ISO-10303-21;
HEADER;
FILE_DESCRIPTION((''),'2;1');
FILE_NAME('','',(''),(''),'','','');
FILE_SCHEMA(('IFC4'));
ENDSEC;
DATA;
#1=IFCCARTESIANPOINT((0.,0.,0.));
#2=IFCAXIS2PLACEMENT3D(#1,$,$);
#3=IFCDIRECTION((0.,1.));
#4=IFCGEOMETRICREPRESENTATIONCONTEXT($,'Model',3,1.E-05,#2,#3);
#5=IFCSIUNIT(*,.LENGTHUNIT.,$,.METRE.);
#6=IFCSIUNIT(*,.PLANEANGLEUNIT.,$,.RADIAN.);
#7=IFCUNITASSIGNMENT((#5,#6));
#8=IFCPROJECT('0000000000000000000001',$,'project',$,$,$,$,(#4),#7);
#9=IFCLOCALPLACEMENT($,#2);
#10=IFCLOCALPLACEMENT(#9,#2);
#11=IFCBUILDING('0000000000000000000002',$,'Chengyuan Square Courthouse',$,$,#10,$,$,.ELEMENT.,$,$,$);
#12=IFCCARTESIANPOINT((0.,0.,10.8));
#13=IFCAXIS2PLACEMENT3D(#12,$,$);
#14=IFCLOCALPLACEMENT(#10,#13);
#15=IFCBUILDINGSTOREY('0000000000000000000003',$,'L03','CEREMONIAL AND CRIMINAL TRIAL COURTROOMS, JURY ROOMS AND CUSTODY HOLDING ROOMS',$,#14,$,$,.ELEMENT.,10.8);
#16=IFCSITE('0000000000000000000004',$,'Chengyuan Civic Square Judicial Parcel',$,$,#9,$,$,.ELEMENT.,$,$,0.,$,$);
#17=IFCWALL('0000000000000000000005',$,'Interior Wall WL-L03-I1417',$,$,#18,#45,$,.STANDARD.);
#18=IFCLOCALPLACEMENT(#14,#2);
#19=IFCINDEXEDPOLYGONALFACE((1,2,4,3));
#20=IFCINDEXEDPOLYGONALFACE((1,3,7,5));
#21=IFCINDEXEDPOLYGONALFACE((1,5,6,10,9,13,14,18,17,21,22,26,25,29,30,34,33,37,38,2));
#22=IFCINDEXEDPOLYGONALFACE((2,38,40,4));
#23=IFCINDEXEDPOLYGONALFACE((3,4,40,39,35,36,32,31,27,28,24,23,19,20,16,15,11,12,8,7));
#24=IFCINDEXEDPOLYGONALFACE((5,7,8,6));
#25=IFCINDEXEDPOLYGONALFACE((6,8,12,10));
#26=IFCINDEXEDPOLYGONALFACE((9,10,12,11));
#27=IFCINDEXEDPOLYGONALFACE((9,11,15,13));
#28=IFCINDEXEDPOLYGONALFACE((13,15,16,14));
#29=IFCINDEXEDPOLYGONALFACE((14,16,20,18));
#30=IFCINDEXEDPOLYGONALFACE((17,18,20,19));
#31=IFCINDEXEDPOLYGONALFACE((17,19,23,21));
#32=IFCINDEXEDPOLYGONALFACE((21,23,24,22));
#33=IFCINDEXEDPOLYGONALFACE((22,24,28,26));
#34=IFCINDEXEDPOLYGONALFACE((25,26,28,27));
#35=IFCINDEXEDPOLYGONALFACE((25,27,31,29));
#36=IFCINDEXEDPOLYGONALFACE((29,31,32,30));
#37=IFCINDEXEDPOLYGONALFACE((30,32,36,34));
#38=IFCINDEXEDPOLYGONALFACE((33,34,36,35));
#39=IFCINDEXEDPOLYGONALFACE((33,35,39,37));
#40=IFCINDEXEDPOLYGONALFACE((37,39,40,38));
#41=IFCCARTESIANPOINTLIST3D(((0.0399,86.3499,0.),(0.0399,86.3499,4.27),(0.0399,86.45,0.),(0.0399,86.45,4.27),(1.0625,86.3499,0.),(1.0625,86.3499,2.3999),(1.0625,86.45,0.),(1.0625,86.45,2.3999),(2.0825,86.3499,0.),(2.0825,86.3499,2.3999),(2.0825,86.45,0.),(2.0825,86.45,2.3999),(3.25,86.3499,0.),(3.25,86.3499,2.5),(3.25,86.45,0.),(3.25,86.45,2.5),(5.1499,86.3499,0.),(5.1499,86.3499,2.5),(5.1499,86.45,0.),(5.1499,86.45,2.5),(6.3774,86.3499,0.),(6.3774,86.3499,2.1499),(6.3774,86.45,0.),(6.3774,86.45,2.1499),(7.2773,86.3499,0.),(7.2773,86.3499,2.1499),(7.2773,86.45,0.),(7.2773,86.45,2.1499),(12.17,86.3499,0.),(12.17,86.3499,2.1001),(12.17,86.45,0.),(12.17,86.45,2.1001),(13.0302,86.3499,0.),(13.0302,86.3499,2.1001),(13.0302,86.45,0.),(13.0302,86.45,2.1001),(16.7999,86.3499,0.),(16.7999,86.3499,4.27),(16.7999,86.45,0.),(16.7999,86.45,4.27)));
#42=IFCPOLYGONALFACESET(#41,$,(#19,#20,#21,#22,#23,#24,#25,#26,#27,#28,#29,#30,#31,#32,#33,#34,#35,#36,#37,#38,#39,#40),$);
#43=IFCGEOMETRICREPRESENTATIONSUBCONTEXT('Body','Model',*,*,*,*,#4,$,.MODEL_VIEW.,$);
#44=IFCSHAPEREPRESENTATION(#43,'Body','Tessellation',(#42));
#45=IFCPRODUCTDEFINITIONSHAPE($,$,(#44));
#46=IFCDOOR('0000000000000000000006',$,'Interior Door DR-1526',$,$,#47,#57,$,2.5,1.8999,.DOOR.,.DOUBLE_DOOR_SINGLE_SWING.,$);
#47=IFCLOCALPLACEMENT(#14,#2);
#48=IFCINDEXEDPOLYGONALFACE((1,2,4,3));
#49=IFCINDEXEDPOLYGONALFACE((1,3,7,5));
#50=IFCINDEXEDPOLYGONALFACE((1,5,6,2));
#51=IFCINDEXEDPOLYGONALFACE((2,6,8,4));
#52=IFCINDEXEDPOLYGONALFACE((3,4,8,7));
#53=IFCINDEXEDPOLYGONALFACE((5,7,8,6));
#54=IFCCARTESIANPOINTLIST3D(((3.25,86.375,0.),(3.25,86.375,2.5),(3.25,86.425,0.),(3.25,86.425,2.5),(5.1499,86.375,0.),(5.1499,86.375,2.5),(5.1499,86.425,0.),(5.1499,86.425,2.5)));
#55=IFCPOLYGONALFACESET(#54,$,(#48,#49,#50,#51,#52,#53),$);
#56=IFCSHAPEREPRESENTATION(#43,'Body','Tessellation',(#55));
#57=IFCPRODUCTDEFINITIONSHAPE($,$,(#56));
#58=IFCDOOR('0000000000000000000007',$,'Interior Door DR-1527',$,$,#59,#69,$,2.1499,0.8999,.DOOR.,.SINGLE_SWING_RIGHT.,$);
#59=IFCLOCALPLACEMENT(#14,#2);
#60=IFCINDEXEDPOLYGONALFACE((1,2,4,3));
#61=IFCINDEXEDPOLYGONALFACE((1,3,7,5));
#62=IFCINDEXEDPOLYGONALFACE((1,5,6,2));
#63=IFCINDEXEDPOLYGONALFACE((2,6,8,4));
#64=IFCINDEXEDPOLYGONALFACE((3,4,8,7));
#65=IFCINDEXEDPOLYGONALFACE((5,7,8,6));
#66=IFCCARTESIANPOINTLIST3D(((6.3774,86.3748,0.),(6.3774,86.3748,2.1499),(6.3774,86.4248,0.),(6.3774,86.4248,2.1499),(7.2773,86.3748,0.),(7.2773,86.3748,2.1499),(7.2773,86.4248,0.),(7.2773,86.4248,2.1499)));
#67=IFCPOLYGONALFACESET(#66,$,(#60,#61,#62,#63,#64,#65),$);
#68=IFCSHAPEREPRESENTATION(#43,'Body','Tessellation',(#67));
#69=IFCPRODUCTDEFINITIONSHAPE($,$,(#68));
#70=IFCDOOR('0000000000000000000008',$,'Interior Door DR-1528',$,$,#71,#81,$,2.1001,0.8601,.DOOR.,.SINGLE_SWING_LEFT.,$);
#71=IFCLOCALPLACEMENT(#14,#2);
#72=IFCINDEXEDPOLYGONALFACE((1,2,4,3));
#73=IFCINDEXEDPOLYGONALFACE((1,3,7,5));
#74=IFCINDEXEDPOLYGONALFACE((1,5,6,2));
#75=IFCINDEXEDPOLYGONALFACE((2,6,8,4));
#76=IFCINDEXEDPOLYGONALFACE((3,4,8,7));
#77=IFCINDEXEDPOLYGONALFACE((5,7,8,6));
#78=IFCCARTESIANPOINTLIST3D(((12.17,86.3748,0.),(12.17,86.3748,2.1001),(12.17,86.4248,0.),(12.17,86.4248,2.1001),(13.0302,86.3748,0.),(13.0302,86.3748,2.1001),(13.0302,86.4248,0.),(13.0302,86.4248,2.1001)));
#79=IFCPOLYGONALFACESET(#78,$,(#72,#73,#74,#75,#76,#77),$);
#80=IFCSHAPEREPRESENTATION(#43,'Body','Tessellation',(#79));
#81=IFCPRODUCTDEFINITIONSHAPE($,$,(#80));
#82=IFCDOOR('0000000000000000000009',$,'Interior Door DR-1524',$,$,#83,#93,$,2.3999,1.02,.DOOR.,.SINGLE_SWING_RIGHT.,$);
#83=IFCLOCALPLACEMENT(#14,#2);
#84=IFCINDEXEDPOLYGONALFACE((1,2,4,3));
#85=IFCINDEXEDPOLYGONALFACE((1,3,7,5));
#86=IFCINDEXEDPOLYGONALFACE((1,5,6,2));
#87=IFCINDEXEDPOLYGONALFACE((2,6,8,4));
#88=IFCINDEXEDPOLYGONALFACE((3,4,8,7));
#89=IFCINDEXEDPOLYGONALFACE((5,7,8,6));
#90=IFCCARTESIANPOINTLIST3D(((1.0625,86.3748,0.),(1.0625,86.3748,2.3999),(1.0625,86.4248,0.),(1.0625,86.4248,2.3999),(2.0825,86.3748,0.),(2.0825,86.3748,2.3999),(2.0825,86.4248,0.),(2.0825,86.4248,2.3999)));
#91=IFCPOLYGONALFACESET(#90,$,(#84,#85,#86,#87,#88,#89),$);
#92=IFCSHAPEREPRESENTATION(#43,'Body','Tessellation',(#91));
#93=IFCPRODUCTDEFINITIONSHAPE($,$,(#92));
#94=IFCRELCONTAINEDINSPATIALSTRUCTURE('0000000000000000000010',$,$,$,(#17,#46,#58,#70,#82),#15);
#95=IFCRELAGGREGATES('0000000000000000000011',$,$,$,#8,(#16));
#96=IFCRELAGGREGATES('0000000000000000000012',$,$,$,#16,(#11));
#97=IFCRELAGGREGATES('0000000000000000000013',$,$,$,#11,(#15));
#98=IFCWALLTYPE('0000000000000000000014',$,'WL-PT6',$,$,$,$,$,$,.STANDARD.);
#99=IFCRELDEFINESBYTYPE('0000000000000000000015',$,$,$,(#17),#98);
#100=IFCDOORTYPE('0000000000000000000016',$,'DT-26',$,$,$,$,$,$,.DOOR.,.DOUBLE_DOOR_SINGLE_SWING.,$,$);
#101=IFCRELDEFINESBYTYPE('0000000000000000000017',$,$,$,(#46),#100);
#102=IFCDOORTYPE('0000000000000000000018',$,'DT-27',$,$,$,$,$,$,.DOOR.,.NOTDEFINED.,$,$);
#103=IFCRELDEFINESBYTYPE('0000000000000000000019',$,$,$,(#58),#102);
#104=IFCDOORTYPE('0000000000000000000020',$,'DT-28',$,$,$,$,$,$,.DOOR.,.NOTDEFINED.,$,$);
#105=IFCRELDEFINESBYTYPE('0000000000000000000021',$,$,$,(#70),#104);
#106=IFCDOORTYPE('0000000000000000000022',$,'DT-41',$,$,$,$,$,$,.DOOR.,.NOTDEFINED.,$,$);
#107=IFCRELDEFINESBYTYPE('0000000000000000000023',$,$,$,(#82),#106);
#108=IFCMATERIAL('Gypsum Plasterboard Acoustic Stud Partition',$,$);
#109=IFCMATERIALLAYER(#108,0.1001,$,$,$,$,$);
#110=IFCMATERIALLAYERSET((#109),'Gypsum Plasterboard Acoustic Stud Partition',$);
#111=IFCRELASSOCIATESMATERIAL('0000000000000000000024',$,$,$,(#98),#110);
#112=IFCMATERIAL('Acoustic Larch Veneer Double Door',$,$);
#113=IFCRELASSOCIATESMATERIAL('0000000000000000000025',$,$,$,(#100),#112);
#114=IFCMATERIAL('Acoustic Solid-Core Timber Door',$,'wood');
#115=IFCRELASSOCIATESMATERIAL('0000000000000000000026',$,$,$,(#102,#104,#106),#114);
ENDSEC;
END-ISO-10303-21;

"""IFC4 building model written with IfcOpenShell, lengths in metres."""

from ifc_helpers import new_model, si_unit, direction, frame, frame_2d, origin, place, context, subcontext, project, spatial, rectangle, extrude, material, layer, layer_set, type_object, element, fill, save


model = new_model("IFC4")

# Units and contexts
model_context = context("Model", 3, precision=1e-05, world=origin(), true_north=direction((0.0, 1.0)))
body_context = subcontext(model_context, "Body", "Model", "MODEL_VIEW")
ifc_project = project(units=[si_unit("LENGTHUNIT", "METRE"), si_unit("PLANEANGLEUNIT", "RADIAN")], contexts=[model_context])

# Site, building, storey
site_placement = place(None, origin())
site = spatial("IfcSite", under=ifc_project, at=site_placement, Name="Chengyuan Civic Square Judicial Parcel", CompositionType="ELEMENT", RefElevation=0.0)
building_placement = place(site_placement, origin())
building = spatial("IfcBuilding", under=site, at=building_placement, Name="Chengyuan Square Courthouse", CompositionType="ELEMENT")
storey_placement = place(building_placement, frame((0.0, 0.0, 10.8)))
storey = spatial("IfcBuildingStorey", under=building, at=storey_placement, Name="L03", Description="CEREMONIAL AND CRIMINAL TRIAL COURTROOMS, JURY ROOMS AND CUSTODY HOLDING ROOMS", CompositionType="ELEMENT", Elevation=10.8)

# Wall, openings, doors
ifc_material_1 = material(Name="Gypsum Plasterboard Acoustic Stud Partition")
ifc_layer = layer(ifc_material_1, 0.1001)
ifc_layer_set = layer_set([ifc_layer], Name="Gypsum Plasterboard Acoustic Stud Partition")
wall_type = type_object("IfcWallType", Name="WL-PT6", PredefinedType="STANDARD", material=ifc_layer_set)
wall_1_placement = place(storey_placement, frame((0.04, 86.3999, 0.0), z_axis=(0.0, 0.0, 1.0), x_axis=(1.0, 0.0, 0.0)))
wall_1 = element("IfcWall", 1, at=wall_1_placement, inside=storey, type_object=wall_type, Name="Interior Wall WL-L03-I1417", PredefinedType="STANDARD", context=body_context, shape_type="SweptSolid", body=[
    extrude(rectangle(XDim=16.76, YDim=0.1001, at=frame_2d((8.3799, 0.0))), origin(), (0.0, 0.0, 1.0), 4.27),
])
opening_1_placement = place(wall_1_placement, frame((1.0225, 0.0, 0.0)))
opening_1 = element("IfcOpeningElement", 2, at=opening_1_placement, cuts=wall_1, PredefinedType="OPENING", context=body_context, shape_type="SweptSolid", body=[
    extrude(rectangle(XDim=1.02, YDim=2.3999, at=frame_2d((0.51, 1.2))), frame((0.0, 0.062, 0.0), z_axis=(0.0, -1.0, 0.0), x_axis=(1.0, 0.0, 0.0)), (0.0, 0.0, 1.0), 0.124),
])
opening_2_placement = place(wall_1_placement, frame((3.21, 0.0, 0.0)))
opening_2 = element("IfcOpeningElement", 3, at=opening_2_placement, cuts=wall_1, PredefinedType="OPENING", context=body_context, shape_type="SweptSolid", body=[
    extrude(rectangle(XDim=1.8999, YDim=2.5, at=frame_2d((0.95, 1.25))), frame((0.0, 0.062, 0.0), z_axis=(0.0, -1.0, 0.0), x_axis=(1.0, 0.0, 0.0)), (0.0, 0.0, 1.0), 0.124),
])
opening_3_placement = place(wall_1_placement, frame((6.3374, 0.0, 0.0)))
opening_3 = element("IfcOpeningElement", 4, at=opening_3_placement, cuts=wall_1, PredefinedType="OPENING", context=body_context, shape_type="SweptSolid", body=[
    extrude(rectangle(XDim=0.8999, YDim=2.1499, at=frame_2d((0.45, 1.075))), frame((0.0, 0.062, 0.0), z_axis=(0.0, -1.0, 0.0), x_axis=(1.0, 0.0, 0.0)), (0.0, 0.0, 1.0), 0.124),
])
opening_4_placement = place(wall_1_placement, frame((12.1299, 0.0, 0.0)))
opening_4 = element("IfcOpeningElement", 5, at=opening_4_placement, cuts=wall_1, PredefinedType="OPENING", context=body_context, shape_type="SweptSolid", body=[
    extrude(rectangle(XDim=0.8601, YDim=2.1001, at=frame_2d((0.4302, 1.05))), frame((0.0, 0.062, 0.0), z_axis=(0.0, -1.0, 0.0), x_axis=(1.0, 0.0, 0.0)), (0.0, 0.0, 1.0), 0.124),
])
ifc_material_2 = material(Name="Acoustic Larch Veneer Double Door")
door_type_1 = type_object("IfcDoorType", Name="DT-26", OperationType="DOUBLE_DOOR_SINGLE_SWING", PredefinedType="DOOR", material=ifc_material_2)
door_1_placement = place(opening_2_placement, frame((1.8999, 0.0, 0.0), z_axis=(0.0, 0.0, 1.0), x_axis=(-1.0, 0.0, 0.0)))
door_1 = element("IfcDoor", 6, at=door_1_placement, inside=storey, type_object=door_type_1, Name="Interior Door DR-1526", OperationType="DOUBLE_DOOR_SINGLE_SWING", OverallHeight=2.5, OverallWidth=1.8999, PredefinedType="DOOR", context=body_context, shape_type="SweptSolid", body=[
    extrude(rectangle(XDim=1.8999, YDim=2.5, at=frame_2d((0.95, 1.25))), frame((0.0, 0.0249, 0.0), z_axis=(0.0, -1.0, 0.0), x_axis=(1.0, 0.0, 0.0)), (0.0, 0.0, 1.0), 0.05),
])
fill(opening_2, door_1)
ifc_material_3 = material(Name="Acoustic Solid-Core Timber Door", Category="wood")
door_type_2 = type_object("IfcDoorType", Name="DT-27", OperationType="NOTDEFINED", PredefinedType="DOOR", material=ifc_material_3)
door_2_placement = place(opening_3_placement, origin())
door_2 = element("IfcDoor", 7, at=door_2_placement, inside=storey, type_object=door_type_2, Name="Interior Door DR-1527", OperationType="SINGLE_SWING_RIGHT", OverallHeight=2.1499, OverallWidth=0.8999, PredefinedType="DOOR", context=body_context, shape_type="SweptSolid", body=[
    extrude(rectangle(XDim=0.8999, YDim=2.1499, at=frame_2d((0.45, 1.075))), frame((0.0, 0.0249, 0.0), z_axis=(0.0, -1.0, 0.0), x_axis=(1.0, 0.0, 0.0)), (0.0, 0.0, 1.0), 0.05),
])
fill(opening_3, door_2)
door_type_3 = type_object("IfcDoorType", Name="DT-28", OperationType="NOTDEFINED", PredefinedType="DOOR", material=ifc_material_3)
door_3_placement = place(opening_4_placement, origin())
door_3 = element("IfcDoor", 8, at=door_3_placement, inside=storey, type_object=door_type_3, Name="Interior Door DR-1528", OperationType="SINGLE_SWING_LEFT", OverallHeight=2.1001, OverallWidth=0.8601, PredefinedType="DOOR", context=body_context, shape_type="SweptSolid", body=[
    extrude(rectangle(XDim=0.8601, YDim=2.1001, at=frame_2d((0.4302, 1.05))), frame((0.0, 0.0249, 0.0), z_axis=(0.0, -1.0, 0.0), x_axis=(1.0, 0.0, 0.0)), (0.0, 0.0, 1.0), 0.05),
])
fill(opening_4, door_3)
door_type_4 = type_object("IfcDoorType", Name="DT-41", OperationType="NOTDEFINED", PredefinedType="DOOR", material=ifc_material_3)
door_4_placement = place(opening_1_placement, origin())
door_4 = element("IfcDoor", 9, at=door_4_placement, inside=storey, type_object=door_type_4, Name="Interior Door DR-1524", OperationType="SINGLE_SWING_RIGHT", OverallHeight=2.3999, OverallWidth=1.02, PredefinedType="DOOR", context=body_context, shape_type="SweptSolid", body=[
    extrude(rectangle(XDim=1.02, YDim=2.3999, at=frame_2d((0.51, 1.2))), frame((0.0, 0.0249, 0.0), z_axis=(0.0, -1.0, 0.0), x_axis=(1.0, 0.0, 0.0)), (0.0, 0.0, 1.0), 0.05),
])
fill(opening_1, door_4)

save(model, "model.ifc")
